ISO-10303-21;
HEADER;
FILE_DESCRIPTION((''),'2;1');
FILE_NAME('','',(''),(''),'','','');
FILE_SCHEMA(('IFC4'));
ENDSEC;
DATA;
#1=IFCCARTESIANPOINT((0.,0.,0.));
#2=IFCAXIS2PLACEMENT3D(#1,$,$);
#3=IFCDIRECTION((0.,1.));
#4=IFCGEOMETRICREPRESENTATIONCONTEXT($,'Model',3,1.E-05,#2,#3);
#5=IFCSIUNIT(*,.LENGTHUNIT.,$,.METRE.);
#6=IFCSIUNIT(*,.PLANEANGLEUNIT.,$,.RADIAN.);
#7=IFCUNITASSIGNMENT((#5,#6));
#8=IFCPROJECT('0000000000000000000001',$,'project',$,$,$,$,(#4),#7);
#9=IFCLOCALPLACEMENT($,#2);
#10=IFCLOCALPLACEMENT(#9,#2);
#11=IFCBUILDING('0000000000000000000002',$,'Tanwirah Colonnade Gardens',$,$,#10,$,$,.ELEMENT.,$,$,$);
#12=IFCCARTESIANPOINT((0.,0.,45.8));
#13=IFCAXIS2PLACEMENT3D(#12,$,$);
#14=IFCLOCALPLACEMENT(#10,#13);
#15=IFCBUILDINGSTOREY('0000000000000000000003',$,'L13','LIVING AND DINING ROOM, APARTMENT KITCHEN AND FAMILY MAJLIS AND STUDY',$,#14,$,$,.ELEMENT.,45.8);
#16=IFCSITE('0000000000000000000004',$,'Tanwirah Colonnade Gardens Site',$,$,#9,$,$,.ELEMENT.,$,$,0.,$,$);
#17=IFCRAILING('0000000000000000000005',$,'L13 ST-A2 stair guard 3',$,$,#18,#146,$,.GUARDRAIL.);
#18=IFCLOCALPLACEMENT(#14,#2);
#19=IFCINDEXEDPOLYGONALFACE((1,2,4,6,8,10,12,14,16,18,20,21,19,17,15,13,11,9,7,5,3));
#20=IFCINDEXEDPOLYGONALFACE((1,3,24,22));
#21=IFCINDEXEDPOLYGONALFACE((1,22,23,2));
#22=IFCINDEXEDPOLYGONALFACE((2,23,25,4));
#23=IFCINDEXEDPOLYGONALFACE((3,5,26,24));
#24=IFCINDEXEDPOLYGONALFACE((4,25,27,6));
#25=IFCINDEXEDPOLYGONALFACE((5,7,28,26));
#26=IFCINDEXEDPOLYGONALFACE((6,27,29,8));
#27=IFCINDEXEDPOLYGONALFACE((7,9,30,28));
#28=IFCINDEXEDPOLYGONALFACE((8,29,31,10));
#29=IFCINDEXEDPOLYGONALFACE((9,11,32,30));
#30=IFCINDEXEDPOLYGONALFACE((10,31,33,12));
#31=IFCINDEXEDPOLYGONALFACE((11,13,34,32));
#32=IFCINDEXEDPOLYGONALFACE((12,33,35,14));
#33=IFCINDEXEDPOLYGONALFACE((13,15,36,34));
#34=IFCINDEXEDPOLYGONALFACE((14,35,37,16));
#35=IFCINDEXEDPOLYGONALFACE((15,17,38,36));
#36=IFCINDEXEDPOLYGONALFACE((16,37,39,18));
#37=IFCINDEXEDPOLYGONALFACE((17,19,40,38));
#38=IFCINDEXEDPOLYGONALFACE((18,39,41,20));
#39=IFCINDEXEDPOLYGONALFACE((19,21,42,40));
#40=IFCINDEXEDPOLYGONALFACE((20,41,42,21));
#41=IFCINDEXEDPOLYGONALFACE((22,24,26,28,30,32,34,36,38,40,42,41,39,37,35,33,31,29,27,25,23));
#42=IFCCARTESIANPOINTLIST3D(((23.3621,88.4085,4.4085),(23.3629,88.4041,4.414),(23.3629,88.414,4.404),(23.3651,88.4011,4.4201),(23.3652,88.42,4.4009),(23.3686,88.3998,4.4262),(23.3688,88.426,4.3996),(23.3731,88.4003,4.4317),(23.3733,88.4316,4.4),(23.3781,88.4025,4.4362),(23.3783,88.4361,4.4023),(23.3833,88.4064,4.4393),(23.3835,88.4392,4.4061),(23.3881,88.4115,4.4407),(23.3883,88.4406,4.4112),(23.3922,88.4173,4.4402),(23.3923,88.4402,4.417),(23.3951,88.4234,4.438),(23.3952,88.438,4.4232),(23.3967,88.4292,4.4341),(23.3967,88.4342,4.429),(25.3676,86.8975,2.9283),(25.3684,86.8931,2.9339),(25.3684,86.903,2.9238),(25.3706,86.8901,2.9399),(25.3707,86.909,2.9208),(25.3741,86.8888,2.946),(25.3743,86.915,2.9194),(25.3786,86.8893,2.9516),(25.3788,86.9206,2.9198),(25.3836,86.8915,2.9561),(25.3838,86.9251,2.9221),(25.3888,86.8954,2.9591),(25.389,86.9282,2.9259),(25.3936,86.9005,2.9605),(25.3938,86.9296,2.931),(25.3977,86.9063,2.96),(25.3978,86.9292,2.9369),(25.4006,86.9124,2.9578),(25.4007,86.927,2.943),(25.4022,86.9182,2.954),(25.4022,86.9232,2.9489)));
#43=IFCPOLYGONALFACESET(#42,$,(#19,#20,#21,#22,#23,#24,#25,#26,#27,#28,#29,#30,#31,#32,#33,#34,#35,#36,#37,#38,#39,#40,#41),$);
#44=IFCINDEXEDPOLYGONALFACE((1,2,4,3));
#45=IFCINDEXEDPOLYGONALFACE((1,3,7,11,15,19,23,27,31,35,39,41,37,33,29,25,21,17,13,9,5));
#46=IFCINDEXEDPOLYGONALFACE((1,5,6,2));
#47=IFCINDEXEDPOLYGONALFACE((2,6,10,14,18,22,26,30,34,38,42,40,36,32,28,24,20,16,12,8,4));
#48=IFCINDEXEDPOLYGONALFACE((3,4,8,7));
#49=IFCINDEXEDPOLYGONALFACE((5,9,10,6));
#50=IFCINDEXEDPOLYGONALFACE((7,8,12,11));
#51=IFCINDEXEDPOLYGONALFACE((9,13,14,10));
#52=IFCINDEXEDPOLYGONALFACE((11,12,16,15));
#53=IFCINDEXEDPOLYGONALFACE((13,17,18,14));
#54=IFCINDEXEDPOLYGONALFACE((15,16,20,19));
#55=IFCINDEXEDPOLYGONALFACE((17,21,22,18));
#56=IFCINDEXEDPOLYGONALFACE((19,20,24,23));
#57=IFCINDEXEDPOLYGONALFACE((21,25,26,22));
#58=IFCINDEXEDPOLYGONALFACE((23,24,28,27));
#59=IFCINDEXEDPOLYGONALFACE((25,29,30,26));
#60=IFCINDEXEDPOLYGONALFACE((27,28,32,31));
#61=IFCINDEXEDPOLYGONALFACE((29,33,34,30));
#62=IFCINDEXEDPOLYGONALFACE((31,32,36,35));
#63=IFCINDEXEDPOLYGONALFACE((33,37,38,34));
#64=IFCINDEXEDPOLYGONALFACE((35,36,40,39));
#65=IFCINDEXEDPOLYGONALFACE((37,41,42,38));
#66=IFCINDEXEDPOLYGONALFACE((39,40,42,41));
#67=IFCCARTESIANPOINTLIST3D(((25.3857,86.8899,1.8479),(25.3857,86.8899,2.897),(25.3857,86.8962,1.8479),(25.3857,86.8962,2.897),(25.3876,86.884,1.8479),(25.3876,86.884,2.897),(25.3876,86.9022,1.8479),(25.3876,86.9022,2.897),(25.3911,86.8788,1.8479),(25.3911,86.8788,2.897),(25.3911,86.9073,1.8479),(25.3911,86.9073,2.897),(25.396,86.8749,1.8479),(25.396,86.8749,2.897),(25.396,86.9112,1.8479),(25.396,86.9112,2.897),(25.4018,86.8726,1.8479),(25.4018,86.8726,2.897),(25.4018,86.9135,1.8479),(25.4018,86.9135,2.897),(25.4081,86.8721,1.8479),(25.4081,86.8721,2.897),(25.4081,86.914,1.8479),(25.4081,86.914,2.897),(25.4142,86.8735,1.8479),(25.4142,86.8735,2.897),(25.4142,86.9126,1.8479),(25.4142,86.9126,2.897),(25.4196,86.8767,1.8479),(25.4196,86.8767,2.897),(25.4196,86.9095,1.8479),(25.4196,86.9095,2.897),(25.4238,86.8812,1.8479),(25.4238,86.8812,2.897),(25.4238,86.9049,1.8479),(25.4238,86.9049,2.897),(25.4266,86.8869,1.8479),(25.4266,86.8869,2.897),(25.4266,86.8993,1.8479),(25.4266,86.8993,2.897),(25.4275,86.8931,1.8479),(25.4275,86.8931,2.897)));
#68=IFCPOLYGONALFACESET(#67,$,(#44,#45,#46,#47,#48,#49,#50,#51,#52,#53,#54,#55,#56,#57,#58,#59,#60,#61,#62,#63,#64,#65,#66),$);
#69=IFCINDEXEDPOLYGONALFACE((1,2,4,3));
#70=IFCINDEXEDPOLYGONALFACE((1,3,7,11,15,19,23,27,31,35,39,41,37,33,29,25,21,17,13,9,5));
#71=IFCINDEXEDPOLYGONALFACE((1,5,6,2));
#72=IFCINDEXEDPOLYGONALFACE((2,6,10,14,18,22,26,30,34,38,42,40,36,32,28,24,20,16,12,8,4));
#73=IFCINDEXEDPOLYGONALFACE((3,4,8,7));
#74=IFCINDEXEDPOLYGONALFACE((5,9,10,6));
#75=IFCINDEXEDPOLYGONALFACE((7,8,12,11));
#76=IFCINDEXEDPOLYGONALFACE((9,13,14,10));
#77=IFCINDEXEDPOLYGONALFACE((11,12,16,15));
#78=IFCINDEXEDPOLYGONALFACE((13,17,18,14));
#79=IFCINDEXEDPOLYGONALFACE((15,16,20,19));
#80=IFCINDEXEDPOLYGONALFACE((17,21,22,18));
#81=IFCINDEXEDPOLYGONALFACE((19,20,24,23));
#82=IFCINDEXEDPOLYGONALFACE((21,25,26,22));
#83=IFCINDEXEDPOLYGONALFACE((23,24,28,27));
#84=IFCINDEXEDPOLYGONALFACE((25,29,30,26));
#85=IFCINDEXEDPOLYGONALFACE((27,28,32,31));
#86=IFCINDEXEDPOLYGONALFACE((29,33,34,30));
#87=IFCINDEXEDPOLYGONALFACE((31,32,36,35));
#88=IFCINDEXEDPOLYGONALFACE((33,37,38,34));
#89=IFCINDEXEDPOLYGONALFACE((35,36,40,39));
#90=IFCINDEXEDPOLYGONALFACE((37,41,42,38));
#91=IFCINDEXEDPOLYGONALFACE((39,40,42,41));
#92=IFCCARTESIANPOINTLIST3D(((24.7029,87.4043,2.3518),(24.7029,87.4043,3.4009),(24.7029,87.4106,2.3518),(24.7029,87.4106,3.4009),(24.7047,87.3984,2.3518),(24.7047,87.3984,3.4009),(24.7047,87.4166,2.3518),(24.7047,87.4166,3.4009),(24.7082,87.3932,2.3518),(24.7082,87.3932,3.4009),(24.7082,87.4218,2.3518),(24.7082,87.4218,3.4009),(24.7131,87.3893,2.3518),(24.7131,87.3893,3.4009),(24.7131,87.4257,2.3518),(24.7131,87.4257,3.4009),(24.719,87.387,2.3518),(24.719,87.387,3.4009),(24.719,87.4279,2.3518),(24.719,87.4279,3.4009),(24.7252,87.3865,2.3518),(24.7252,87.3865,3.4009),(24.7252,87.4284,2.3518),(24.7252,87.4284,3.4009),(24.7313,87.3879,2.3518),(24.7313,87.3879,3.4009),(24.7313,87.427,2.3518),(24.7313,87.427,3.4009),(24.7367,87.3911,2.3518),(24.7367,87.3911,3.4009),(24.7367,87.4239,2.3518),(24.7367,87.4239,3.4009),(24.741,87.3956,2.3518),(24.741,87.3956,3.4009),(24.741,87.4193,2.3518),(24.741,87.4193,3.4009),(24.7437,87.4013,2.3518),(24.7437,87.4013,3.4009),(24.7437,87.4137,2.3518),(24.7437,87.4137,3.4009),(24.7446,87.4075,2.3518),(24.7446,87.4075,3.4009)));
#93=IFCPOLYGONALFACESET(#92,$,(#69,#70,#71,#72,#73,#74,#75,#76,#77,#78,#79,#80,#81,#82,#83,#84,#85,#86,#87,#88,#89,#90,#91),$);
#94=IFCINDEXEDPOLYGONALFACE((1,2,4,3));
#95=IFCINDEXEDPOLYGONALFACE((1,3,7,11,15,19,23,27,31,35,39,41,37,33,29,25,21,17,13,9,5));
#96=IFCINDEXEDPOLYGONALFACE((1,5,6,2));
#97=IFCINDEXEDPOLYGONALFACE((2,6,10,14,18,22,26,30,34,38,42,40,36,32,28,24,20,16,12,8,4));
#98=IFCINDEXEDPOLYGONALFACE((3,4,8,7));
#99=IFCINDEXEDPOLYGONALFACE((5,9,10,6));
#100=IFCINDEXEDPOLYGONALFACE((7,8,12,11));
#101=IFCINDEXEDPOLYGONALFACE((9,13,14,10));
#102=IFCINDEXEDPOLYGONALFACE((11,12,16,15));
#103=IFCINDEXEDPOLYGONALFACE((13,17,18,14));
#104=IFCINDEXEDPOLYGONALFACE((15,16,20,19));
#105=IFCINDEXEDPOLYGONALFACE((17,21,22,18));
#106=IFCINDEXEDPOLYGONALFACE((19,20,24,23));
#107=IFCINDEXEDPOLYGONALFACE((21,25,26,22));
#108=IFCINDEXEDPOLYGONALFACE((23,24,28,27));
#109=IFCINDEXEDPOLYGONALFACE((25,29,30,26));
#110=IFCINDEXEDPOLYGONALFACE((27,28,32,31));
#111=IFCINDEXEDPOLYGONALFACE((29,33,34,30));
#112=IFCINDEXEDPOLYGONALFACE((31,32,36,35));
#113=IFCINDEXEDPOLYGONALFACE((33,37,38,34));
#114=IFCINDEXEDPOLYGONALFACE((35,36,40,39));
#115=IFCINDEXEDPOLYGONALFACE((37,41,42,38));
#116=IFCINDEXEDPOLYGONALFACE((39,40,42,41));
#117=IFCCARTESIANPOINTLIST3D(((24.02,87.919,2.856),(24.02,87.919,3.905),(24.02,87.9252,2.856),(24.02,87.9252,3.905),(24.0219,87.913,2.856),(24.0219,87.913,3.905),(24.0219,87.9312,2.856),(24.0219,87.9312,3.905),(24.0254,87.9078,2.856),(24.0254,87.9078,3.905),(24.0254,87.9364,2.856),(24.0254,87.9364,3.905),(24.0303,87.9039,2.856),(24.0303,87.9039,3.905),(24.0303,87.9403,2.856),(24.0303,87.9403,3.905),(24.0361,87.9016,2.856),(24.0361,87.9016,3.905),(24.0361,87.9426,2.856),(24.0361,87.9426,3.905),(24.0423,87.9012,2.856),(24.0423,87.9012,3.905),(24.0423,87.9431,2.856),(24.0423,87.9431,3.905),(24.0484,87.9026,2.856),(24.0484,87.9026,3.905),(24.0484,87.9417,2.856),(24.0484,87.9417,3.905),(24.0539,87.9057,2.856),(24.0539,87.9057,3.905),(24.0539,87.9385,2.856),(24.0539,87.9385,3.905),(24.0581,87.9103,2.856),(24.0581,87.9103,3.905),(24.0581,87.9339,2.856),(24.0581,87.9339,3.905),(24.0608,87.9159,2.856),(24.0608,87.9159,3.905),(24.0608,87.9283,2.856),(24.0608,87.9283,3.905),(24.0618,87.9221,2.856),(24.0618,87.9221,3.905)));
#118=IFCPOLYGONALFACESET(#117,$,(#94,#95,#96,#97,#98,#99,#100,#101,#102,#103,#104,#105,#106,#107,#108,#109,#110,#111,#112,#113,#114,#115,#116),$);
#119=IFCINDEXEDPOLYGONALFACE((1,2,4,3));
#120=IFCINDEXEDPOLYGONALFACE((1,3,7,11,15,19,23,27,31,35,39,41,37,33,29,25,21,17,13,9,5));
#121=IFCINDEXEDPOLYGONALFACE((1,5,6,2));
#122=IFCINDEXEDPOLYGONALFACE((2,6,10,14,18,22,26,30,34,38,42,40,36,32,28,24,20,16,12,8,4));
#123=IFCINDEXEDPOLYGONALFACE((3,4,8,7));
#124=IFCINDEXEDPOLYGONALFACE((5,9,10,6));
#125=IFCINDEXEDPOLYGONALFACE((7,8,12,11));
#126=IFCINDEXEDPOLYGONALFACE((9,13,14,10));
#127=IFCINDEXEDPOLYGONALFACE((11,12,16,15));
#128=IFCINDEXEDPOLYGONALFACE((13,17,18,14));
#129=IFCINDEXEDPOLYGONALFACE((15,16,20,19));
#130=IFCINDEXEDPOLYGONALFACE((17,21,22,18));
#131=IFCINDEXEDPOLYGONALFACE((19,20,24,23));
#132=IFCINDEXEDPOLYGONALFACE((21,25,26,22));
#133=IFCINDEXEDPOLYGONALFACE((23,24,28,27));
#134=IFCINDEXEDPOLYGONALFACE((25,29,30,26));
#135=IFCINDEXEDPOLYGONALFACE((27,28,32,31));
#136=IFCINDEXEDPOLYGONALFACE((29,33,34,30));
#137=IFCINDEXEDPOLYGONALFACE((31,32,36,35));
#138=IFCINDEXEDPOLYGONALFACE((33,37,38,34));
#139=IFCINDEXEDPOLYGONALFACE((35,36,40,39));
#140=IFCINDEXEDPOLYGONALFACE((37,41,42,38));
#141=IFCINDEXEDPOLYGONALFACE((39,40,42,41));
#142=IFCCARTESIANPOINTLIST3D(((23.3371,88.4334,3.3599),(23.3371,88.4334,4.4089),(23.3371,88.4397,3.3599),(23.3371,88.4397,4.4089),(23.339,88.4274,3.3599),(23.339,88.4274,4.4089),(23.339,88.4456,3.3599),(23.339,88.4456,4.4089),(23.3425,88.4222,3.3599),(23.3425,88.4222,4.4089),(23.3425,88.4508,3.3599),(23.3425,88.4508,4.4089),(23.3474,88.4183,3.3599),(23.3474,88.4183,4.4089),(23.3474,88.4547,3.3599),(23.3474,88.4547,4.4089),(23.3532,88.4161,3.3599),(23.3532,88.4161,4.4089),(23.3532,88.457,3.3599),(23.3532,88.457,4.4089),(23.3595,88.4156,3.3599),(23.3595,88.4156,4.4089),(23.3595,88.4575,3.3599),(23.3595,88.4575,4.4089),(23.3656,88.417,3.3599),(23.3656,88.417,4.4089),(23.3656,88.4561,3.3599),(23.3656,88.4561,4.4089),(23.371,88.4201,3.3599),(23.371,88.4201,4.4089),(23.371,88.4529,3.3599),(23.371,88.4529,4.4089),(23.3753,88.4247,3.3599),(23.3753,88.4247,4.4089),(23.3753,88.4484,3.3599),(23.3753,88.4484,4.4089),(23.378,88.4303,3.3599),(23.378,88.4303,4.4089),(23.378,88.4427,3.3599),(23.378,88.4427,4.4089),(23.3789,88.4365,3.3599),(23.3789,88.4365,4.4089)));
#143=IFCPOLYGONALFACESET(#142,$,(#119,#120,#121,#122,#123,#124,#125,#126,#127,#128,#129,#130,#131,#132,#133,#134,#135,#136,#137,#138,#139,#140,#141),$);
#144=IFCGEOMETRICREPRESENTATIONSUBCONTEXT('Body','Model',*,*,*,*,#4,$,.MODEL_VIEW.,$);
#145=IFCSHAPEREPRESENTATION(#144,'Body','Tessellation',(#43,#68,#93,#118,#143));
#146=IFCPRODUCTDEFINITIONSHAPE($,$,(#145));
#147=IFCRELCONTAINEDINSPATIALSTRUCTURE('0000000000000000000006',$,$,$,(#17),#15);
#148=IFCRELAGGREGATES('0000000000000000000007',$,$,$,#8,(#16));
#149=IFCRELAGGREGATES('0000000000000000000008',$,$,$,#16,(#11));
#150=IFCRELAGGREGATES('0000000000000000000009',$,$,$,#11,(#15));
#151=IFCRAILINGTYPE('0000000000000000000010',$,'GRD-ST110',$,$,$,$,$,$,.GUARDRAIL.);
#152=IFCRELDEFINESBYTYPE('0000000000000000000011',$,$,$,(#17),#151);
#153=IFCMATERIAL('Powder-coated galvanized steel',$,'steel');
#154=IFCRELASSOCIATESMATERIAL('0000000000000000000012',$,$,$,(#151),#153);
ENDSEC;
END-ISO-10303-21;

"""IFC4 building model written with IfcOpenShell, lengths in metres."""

from ifc_helpers import new_model, si_unit, direction, frame, origin, origin_2d, place, context, subcontext, project, spatial, circle, extrude, material, type_object, element, save


model = new_model("IFC4")

# Units and contexts
model_context = context("Model", 3, precision=1e-05, world=origin(), true_north=direction((0.0, 1.0)))
body_context = subcontext(model_context, "Body", "Model", "MODEL_VIEW")
ifc_project = project(units=[si_unit("LENGTHUNIT", "METRE"), si_unit("PLANEANGLEUNIT", "RADIAN")], contexts=[model_context])

# Site, building, storey
site_placement = place(None, origin())
site = spatial("IfcSite", under=ifc_project, at=site_placement, Name="Tanwirah Colonnade Gardens Site", CompositionType="ELEMENT", RefElevation=0.0)
building_placement = place(site_placement, origin())
building = spatial("IfcBuilding", under=site, at=building_placement, Name="Tanwirah Colonnade Gardens", CompositionType="ELEMENT")
storey_placement = place(building_placement, frame((0.0, 0.0, 45.8)))
storey = spatial("IfcBuildingStorey", under=building, at=storey_placement, Name="L13", Description="LIVING AND DINING ROOM, APARTMENT KITCHEN AND FAMILY MAJLIS AND STUDY", CompositionType="ELEMENT", Elevation=45.8)

# Railing
ifc_material_1 = material(Name="Powder-coated galvanized steel", Category="steel")
railing_type_1 = type_object("IfcRailingType", Name="GRD-ST110", PredefinedType="GUARDRAIL", material=ifc_material_1)
railing_1_placement = place(storey_placement, frame((25.4065, 86.8931, 1.8479)))
element("IfcRailing", 1, at=railing_1_placement, inside=storey, type_object=railing_type_1, Name="L13 ST-A2 stair guard 3", PredefinedType="GUARDRAIL", context=body_context, shape_type="SweptSolid", body=[
    extrude(circle(Radius=0.0239, at=origin_2d()), frame((-0.0215, 0.0161, 1.092), z_axis=(-0.688042, 0.518389, 0.507811), x_axis=(-0.60175, -0.798685, 0.0)), (0.0, 0.0, 1.0), 2.9148),
    extrude(circle(Radius=0.021, at=origin_2d()), origin(), (0.0, 0.0, 1.0), 1.0491),
    extrude(circle(Radius=0.021, at=origin_2d()), frame((-0.6829, 0.5144, 0.5039)), (0.0, 0.0, 1.0), 1.0491),
    extrude(circle(Radius=0.021, at=origin_2d()), frame((-1.3657, 1.0291, 1.0081)), (0.0, 0.0, 1.0), 1.0491),
    extrude(circle(Radius=0.021, at=origin_2d()), frame((-2.0486, 1.5435, 1.512)), (0.0, 0.0, 1.0), 1.0491),
])

save(model, "model.ifc")
